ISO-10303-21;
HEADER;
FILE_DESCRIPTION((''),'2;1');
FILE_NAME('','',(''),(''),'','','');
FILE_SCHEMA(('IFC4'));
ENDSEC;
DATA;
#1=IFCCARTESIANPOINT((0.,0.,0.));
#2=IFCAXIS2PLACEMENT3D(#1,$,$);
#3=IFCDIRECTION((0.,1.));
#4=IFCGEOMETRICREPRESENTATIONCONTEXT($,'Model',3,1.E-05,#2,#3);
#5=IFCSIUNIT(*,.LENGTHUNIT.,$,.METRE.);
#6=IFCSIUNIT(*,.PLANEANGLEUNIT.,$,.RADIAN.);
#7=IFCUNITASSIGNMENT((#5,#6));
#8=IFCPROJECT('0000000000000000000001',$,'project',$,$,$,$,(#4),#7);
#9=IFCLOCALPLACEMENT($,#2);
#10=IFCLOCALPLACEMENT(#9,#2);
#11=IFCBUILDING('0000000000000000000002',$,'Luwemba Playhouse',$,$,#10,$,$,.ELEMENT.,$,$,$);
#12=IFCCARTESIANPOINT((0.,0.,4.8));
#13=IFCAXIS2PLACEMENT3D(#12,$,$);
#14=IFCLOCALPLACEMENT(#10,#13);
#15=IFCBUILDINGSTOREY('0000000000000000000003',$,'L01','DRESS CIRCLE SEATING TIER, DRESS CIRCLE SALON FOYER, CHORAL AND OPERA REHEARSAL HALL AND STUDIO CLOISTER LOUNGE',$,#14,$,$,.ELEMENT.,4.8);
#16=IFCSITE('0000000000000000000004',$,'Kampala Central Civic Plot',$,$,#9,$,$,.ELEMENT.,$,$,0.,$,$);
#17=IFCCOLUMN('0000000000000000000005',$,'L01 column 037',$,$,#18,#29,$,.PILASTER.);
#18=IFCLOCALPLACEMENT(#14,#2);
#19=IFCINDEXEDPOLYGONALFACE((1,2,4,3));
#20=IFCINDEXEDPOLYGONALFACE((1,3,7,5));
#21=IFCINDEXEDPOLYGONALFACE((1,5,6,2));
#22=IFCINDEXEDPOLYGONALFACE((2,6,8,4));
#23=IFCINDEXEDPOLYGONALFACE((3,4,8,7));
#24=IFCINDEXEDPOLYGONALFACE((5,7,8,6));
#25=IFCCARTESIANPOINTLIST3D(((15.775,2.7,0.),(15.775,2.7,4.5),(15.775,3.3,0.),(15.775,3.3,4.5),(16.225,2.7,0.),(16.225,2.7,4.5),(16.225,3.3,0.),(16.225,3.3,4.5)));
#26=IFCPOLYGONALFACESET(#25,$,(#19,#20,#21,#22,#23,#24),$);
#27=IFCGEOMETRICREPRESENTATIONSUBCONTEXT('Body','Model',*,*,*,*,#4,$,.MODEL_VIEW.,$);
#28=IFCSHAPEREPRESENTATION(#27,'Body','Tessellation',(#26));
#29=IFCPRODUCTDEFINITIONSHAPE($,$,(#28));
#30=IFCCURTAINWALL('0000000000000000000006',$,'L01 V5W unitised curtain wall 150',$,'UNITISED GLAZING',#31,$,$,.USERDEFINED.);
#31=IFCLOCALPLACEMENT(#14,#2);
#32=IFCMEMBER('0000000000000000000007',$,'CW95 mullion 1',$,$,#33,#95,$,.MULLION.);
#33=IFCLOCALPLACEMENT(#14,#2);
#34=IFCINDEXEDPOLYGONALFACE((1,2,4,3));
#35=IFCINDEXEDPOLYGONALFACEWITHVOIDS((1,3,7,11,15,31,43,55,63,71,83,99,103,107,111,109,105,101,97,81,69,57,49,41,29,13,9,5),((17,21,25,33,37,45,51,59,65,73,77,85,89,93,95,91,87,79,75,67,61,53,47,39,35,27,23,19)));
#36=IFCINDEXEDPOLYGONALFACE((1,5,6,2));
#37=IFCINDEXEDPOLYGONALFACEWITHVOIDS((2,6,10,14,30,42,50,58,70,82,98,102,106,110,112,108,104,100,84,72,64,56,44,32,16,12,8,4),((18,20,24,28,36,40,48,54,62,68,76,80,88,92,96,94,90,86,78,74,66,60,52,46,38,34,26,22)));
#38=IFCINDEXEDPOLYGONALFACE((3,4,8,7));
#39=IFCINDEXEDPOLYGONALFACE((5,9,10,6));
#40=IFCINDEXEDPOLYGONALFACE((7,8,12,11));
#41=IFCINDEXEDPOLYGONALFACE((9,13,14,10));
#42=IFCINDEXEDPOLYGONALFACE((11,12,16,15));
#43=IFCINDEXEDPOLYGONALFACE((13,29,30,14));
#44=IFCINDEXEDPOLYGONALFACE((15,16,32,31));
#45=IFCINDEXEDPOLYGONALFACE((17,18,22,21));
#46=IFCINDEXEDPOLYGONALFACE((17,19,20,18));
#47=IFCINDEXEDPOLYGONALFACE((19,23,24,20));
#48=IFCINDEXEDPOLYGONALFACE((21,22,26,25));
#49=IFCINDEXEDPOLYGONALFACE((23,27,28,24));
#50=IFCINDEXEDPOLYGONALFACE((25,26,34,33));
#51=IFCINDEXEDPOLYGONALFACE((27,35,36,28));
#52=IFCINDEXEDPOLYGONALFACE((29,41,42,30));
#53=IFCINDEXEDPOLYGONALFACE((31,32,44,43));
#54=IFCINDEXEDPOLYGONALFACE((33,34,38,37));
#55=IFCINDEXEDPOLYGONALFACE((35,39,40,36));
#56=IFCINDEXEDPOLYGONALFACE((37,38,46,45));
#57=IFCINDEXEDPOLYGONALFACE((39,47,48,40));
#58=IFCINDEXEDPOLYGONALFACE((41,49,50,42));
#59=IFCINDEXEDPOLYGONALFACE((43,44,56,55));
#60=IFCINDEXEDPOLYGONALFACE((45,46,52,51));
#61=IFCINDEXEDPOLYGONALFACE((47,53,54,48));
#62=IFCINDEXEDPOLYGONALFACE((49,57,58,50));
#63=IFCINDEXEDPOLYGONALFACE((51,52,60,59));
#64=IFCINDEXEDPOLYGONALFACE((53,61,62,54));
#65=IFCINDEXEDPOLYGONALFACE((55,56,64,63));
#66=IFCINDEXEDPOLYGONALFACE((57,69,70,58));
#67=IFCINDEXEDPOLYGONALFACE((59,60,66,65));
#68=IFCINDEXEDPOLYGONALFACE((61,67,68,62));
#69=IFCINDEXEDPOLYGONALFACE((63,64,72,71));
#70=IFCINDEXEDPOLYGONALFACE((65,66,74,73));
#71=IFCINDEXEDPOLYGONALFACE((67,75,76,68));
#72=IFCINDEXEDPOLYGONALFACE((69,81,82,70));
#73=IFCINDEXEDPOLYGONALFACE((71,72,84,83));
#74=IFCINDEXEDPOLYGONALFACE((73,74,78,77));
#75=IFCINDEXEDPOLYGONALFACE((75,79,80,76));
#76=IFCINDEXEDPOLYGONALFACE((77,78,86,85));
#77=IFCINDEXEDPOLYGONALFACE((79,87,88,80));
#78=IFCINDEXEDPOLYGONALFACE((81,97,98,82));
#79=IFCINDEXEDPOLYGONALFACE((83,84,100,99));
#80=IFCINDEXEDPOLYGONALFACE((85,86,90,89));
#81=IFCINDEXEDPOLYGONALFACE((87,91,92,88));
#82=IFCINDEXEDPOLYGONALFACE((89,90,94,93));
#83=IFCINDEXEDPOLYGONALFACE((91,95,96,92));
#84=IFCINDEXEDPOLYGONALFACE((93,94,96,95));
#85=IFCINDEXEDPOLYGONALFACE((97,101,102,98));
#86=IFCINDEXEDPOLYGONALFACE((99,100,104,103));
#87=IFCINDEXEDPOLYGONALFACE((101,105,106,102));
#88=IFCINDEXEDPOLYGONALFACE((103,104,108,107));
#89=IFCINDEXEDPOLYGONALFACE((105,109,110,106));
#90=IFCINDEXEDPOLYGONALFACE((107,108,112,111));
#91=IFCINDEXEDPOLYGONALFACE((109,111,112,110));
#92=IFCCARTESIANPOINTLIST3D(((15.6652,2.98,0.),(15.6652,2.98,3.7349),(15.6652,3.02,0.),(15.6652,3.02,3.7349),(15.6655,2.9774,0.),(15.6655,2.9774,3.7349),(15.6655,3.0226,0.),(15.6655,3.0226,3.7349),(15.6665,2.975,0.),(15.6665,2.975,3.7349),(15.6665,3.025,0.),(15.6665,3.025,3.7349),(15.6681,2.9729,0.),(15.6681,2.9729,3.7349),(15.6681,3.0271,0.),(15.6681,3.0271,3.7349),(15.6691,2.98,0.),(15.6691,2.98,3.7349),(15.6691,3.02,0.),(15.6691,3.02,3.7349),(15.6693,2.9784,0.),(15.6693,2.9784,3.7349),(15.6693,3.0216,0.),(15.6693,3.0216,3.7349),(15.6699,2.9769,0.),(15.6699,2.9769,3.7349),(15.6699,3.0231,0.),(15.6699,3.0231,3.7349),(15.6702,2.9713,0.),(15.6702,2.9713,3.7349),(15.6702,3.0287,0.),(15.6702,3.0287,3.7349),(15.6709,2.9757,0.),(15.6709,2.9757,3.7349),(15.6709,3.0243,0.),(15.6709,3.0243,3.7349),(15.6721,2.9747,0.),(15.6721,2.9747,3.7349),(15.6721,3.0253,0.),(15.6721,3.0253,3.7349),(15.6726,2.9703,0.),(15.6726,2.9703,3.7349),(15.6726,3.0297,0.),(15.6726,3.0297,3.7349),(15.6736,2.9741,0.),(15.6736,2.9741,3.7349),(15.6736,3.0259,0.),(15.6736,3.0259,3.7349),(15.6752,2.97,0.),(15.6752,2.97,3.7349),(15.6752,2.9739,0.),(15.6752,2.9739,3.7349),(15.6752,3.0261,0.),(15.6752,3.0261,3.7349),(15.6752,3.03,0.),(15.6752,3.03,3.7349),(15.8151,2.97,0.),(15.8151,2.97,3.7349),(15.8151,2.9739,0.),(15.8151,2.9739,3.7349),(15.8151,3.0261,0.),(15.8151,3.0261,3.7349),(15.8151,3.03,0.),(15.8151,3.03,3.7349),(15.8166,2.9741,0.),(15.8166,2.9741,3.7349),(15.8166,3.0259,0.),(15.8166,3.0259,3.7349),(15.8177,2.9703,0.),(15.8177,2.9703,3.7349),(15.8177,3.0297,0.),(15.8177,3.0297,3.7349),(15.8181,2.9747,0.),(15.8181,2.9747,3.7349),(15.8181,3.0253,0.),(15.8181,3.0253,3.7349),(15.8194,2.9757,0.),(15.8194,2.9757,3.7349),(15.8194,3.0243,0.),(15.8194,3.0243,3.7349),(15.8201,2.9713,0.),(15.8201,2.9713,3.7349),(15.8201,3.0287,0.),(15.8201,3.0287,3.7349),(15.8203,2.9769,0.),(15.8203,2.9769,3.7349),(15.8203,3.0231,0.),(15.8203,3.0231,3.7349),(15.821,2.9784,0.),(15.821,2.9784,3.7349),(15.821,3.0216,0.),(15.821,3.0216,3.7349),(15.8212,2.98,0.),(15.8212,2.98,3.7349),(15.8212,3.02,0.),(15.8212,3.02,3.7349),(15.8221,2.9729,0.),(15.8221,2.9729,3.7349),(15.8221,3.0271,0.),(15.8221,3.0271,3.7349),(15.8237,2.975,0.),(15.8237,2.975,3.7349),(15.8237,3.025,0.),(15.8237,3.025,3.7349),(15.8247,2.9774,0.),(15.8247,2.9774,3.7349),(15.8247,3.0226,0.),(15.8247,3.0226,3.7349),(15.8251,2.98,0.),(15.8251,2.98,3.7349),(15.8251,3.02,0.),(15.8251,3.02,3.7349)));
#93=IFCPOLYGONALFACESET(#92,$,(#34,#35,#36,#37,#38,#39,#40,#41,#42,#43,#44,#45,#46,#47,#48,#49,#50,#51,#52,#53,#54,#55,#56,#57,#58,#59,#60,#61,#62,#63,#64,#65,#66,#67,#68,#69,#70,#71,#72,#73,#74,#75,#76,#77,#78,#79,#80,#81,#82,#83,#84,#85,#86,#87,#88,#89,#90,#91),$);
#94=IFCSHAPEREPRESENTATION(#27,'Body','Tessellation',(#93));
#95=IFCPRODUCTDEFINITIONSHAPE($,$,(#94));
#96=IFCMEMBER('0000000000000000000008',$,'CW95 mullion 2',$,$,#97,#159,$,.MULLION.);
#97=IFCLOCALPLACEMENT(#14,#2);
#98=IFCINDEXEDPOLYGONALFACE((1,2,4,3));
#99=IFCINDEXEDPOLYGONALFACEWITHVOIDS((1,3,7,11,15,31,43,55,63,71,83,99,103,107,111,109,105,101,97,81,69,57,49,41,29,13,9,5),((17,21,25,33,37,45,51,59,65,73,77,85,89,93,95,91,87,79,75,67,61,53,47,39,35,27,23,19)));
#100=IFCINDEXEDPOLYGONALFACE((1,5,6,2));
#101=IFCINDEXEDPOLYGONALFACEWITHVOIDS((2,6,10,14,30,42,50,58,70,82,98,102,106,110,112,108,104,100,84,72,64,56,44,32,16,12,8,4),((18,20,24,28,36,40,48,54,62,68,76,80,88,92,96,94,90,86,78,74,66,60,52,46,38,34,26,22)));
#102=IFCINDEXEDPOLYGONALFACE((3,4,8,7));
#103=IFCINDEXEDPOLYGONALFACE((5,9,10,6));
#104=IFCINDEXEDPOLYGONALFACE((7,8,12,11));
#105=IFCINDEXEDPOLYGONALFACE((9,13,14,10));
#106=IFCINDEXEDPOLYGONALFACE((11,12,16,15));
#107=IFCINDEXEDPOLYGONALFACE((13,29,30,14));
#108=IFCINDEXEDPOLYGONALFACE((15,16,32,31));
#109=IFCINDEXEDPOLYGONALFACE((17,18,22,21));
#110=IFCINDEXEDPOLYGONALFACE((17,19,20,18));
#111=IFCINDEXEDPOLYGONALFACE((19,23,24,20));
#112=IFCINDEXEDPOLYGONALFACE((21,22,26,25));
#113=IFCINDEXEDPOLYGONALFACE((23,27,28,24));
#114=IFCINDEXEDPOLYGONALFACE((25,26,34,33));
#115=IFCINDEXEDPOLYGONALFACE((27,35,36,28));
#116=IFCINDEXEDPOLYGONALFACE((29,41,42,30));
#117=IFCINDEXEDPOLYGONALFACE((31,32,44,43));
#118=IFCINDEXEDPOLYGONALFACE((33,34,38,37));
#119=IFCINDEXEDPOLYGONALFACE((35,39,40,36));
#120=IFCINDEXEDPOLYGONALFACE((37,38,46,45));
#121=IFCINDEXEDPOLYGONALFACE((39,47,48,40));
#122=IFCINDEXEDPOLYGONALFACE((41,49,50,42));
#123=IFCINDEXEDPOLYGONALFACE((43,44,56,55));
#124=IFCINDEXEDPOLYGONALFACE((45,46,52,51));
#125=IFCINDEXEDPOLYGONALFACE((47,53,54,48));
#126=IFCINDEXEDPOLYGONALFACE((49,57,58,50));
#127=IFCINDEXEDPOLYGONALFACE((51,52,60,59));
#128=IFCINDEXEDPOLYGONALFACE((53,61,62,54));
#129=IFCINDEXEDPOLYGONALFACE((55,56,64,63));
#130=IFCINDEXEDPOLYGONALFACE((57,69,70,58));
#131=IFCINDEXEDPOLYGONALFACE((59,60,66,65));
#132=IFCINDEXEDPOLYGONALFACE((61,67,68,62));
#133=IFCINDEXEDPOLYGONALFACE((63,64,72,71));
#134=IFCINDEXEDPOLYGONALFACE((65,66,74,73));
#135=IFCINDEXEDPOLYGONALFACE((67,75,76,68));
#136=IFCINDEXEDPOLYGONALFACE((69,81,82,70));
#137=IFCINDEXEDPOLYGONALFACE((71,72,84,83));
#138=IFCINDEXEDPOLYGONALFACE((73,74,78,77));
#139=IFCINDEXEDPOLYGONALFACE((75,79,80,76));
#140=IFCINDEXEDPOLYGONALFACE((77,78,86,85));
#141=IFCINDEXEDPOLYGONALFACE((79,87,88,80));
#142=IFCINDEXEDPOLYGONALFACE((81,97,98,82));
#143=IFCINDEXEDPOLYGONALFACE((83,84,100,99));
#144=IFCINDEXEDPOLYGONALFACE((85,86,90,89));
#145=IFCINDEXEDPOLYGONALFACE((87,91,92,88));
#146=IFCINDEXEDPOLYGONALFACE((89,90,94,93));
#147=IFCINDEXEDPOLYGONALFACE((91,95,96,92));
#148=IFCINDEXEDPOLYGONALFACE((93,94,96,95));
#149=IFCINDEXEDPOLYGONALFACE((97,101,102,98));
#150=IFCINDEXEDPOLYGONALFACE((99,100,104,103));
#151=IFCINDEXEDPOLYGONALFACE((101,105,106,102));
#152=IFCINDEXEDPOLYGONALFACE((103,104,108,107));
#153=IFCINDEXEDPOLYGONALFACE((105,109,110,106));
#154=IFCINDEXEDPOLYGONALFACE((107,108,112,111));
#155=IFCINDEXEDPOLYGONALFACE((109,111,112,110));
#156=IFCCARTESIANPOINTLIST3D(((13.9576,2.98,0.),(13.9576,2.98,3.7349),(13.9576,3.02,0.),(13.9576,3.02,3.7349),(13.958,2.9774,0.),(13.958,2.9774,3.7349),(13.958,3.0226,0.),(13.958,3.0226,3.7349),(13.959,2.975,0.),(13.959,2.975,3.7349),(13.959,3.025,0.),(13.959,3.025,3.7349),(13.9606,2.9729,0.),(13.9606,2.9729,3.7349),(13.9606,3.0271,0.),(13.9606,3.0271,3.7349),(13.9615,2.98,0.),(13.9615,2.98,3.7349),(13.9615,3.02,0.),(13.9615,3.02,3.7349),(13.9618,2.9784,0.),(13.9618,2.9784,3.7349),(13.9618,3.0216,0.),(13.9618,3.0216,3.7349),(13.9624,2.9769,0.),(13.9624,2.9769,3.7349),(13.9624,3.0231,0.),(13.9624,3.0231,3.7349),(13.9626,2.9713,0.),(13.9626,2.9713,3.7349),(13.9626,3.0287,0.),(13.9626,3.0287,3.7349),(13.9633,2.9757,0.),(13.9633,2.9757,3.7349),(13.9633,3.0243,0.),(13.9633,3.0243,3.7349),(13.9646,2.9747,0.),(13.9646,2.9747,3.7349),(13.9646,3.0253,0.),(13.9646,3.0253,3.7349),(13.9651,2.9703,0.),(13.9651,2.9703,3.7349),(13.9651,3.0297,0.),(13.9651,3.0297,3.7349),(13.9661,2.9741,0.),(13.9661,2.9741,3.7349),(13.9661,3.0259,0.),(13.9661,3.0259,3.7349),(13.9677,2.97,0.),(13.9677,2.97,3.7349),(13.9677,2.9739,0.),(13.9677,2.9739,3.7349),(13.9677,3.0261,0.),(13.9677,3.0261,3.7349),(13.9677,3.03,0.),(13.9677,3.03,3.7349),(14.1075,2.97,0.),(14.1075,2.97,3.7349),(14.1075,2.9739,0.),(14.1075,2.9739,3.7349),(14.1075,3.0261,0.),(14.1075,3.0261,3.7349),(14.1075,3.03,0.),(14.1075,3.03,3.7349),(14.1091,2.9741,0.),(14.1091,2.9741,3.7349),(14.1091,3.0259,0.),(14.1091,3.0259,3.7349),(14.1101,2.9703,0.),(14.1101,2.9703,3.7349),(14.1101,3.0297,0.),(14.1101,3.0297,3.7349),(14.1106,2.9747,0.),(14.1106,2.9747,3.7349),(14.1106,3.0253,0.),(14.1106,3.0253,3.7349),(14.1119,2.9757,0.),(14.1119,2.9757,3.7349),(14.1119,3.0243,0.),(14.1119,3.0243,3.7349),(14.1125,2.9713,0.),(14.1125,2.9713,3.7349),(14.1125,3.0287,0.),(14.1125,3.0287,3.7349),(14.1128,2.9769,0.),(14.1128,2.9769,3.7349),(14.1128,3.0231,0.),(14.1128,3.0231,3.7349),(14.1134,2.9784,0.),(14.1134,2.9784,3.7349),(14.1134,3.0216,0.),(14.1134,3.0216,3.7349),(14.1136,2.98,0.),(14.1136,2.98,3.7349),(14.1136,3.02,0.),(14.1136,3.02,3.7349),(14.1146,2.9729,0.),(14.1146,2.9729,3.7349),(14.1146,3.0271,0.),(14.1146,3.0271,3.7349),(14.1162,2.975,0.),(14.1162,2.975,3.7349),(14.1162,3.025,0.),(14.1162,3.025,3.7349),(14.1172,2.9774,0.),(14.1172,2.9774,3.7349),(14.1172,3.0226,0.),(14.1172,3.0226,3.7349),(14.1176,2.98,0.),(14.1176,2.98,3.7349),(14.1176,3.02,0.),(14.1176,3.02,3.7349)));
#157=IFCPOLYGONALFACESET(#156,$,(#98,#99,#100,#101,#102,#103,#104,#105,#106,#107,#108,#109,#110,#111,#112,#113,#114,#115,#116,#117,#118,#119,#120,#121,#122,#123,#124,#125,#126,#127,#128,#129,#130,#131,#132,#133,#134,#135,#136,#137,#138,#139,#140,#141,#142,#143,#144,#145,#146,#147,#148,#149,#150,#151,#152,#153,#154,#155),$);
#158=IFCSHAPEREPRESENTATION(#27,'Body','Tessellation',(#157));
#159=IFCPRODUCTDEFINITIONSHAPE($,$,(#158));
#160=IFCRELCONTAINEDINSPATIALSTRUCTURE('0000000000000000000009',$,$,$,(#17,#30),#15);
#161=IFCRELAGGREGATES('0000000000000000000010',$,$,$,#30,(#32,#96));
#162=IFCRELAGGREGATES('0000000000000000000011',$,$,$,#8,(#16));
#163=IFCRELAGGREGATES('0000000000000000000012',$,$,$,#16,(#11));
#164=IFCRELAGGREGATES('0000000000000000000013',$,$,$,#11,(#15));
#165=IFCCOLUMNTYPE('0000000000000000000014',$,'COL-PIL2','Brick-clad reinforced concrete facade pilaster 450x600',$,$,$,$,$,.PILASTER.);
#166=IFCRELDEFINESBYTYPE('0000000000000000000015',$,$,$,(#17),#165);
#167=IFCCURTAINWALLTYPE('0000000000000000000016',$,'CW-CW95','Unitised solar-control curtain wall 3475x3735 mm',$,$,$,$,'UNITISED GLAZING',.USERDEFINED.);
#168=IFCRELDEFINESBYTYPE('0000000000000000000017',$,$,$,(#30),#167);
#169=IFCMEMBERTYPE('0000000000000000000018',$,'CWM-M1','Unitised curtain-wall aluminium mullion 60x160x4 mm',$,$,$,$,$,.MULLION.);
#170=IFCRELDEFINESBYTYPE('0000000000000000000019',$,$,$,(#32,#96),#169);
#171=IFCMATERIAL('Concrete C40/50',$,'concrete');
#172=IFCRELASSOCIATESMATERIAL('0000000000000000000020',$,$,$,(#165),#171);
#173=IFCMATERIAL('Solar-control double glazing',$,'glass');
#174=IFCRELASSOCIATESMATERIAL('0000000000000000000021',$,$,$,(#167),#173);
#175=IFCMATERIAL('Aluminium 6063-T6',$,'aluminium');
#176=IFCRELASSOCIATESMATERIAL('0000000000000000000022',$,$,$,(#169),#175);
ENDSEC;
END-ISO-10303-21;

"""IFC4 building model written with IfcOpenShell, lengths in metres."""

from ifc_helpers import new_model, si_unit, direction, frame, origin, origin_2d, place, context, subcontext, project, spatial, rectangle, hollow_rectangle, extrude, material, material_profile, profile_set, type_object, element, aggregate, save


model = new_model("IFC4")

# Units and contexts
model_context = context("Model", 3, precision=1e-05, world=origin(), true_north=direction((0.0, 1.0)))
body_context = subcontext(model_context, "Body", "Model", "MODEL_VIEW")
ifc_project = project(units=[si_unit("LENGTHUNIT", "METRE"), si_unit("PLANEANGLEUNIT", "RADIAN")], contexts=[model_context])

# Site, building, storey
site_placement = place(None, origin())
site = spatial("IfcSite", under=ifc_project, at=site_placement, Name="Kampala Central Civic Plot", CompositionType="ELEMENT", RefElevation=0.0)
building_placement = place(site_placement, origin())
building = spatial("IfcBuilding", under=site, at=building_placement, Name="Luwemba Playhouse", CompositionType="ELEMENT")
storey_placement = place(building_placement, frame((0.0, 0.0, 4.8)))
storey = spatial("IfcBuildingStorey", under=building, at=storey_placement, Name="L01", Description="DRESS CIRCLE SEATING TIER, DRESS CIRCLE SALON FOYER, CHORAL AND OPERA REHEARSAL HALL AND STUDIO CLOISTER LOUNGE", CompositionType="ELEMENT", Elevation=4.8)

# Column
ifc_material_1 = material(Name="Concrete C40/50", Category="concrete")
ifc_material_profile_1 = material_profile(ifc_material_1, rectangle(XDim=0.45, YDim=0.6001, at=origin_2d()))
ifc_profile_set_1 = profile_set([ifc_material_profile_1], Name="Concrete C40/50")
column_type = type_object("IfcColumnType", Name="COL-PIL2", Description="Brick-clad reinforced concrete facade pilaster 450x600", PredefinedType="PILASTER", material=ifc_profile_set_1)
column_placement = place(storey_placement, frame((16.0, 3.0, 0.0), z_axis=(0.0, 0.0, 1.0), x_axis=(1.0, 0.0, 0.0)))
element("IfcColumn", 1, at=column_placement, inside=storey, type_object=column_type, Name="L01 column 037", PredefinedType="PILASTER", context=body_context, shape_type="SweptSolid", body=[
    extrude(rectangle(XDim=0.45, YDim=0.6001, at=origin_2d()), origin(), (0.0, 0.0, 1.0), 4.5),
])

# Curtain wall, members
ifc_material_2 = material(Name="Solar-control double glazing", Category="glass")
curtain_wall_type_1 = type_object("IfcCurtainWallType", Name="CW-CW95", Description="Unitised solar-control curtain wall 3475x3735 mm", ElementType="UNITISED GLAZING", PredefinedType="USERDEFINED", material=ifc_material_2)
curtain_wall_1_placement = place(storey_placement, origin())
curtain_wall_1 = element("IfcCurtainWall", 2, at=curtain_wall_1_placement, inside=storey, type_object=curtain_wall_type_1, Name="L01 V5W unitised curtain wall 150", ObjectType="UNITISED GLAZING", PredefinedType="USERDEFINED")
ifc_material_3 = material(Name="Aluminium 6063-T6", Category="aluminium")
ifc_material_profile_2 = material_profile(ifc_material_3, hollow_rectangle(XDim=0.0601, YDim=0.1599, WallThickness=0.0039, InnerFilletRadius=0.0061, OuterFilletRadius=0.01, at=origin_2d()))
ifc_profile_set_2 = profile_set([ifc_material_profile_2], Name="Aluminium 6063-T6")
member_type_1 = type_object("IfcMemberType", Name="CWM-M1", Description="Unitised curtain-wall aluminium mullion 60x160x4 mm", PredefinedType="MULLION", material=ifc_profile_set_2)
member_1_placement = place(storey_placement, frame((15.7451, 3.0, 0.0), z_axis=(0.0, 0.0, 1.0), x_axis=(0.0, -1.0, 0.0)))
member_1 = element("IfcMember", 3, at=member_1_placement, type_object=member_type_1, Name="CW95 mullion 1", PredefinedType="MULLION", context=body_context, shape_type="SweptSolid", body=[
    extrude(hollow_rectangle(XDim=0.0601, YDim=0.1599, WallThickness=0.0039, InnerFilletRadius=0.0061, OuterFilletRadius=0.01, at=origin_2d()), origin(), (0.0, 0.0, 1.0), 3.7349),
])
member_2_placement = place(storey_placement, frame((14.0376, 3.0, 0.0), z_axis=(0.0, 0.0, 1.0), x_axis=(0.0, -1.0, 0.0)))
member_2 = element("IfcMember", 4, at=member_2_placement, type_object=member_type_1, Name="CW95 mullion 2", PredefinedType="MULLION", context=body_context, shape_type="SweptSolid", body=[
    extrude(hollow_rectangle(XDim=0.0601, YDim=0.1599, WallThickness=0.0039, InnerFilletRadius=0.0061, OuterFilletRadius=0.01, at=origin_2d()), origin(), (0.0, 0.0, 1.0), 3.7349),
])

aggregate(curtain_wall_1, [member_1, member_2])

save(model, "model.ifc")
